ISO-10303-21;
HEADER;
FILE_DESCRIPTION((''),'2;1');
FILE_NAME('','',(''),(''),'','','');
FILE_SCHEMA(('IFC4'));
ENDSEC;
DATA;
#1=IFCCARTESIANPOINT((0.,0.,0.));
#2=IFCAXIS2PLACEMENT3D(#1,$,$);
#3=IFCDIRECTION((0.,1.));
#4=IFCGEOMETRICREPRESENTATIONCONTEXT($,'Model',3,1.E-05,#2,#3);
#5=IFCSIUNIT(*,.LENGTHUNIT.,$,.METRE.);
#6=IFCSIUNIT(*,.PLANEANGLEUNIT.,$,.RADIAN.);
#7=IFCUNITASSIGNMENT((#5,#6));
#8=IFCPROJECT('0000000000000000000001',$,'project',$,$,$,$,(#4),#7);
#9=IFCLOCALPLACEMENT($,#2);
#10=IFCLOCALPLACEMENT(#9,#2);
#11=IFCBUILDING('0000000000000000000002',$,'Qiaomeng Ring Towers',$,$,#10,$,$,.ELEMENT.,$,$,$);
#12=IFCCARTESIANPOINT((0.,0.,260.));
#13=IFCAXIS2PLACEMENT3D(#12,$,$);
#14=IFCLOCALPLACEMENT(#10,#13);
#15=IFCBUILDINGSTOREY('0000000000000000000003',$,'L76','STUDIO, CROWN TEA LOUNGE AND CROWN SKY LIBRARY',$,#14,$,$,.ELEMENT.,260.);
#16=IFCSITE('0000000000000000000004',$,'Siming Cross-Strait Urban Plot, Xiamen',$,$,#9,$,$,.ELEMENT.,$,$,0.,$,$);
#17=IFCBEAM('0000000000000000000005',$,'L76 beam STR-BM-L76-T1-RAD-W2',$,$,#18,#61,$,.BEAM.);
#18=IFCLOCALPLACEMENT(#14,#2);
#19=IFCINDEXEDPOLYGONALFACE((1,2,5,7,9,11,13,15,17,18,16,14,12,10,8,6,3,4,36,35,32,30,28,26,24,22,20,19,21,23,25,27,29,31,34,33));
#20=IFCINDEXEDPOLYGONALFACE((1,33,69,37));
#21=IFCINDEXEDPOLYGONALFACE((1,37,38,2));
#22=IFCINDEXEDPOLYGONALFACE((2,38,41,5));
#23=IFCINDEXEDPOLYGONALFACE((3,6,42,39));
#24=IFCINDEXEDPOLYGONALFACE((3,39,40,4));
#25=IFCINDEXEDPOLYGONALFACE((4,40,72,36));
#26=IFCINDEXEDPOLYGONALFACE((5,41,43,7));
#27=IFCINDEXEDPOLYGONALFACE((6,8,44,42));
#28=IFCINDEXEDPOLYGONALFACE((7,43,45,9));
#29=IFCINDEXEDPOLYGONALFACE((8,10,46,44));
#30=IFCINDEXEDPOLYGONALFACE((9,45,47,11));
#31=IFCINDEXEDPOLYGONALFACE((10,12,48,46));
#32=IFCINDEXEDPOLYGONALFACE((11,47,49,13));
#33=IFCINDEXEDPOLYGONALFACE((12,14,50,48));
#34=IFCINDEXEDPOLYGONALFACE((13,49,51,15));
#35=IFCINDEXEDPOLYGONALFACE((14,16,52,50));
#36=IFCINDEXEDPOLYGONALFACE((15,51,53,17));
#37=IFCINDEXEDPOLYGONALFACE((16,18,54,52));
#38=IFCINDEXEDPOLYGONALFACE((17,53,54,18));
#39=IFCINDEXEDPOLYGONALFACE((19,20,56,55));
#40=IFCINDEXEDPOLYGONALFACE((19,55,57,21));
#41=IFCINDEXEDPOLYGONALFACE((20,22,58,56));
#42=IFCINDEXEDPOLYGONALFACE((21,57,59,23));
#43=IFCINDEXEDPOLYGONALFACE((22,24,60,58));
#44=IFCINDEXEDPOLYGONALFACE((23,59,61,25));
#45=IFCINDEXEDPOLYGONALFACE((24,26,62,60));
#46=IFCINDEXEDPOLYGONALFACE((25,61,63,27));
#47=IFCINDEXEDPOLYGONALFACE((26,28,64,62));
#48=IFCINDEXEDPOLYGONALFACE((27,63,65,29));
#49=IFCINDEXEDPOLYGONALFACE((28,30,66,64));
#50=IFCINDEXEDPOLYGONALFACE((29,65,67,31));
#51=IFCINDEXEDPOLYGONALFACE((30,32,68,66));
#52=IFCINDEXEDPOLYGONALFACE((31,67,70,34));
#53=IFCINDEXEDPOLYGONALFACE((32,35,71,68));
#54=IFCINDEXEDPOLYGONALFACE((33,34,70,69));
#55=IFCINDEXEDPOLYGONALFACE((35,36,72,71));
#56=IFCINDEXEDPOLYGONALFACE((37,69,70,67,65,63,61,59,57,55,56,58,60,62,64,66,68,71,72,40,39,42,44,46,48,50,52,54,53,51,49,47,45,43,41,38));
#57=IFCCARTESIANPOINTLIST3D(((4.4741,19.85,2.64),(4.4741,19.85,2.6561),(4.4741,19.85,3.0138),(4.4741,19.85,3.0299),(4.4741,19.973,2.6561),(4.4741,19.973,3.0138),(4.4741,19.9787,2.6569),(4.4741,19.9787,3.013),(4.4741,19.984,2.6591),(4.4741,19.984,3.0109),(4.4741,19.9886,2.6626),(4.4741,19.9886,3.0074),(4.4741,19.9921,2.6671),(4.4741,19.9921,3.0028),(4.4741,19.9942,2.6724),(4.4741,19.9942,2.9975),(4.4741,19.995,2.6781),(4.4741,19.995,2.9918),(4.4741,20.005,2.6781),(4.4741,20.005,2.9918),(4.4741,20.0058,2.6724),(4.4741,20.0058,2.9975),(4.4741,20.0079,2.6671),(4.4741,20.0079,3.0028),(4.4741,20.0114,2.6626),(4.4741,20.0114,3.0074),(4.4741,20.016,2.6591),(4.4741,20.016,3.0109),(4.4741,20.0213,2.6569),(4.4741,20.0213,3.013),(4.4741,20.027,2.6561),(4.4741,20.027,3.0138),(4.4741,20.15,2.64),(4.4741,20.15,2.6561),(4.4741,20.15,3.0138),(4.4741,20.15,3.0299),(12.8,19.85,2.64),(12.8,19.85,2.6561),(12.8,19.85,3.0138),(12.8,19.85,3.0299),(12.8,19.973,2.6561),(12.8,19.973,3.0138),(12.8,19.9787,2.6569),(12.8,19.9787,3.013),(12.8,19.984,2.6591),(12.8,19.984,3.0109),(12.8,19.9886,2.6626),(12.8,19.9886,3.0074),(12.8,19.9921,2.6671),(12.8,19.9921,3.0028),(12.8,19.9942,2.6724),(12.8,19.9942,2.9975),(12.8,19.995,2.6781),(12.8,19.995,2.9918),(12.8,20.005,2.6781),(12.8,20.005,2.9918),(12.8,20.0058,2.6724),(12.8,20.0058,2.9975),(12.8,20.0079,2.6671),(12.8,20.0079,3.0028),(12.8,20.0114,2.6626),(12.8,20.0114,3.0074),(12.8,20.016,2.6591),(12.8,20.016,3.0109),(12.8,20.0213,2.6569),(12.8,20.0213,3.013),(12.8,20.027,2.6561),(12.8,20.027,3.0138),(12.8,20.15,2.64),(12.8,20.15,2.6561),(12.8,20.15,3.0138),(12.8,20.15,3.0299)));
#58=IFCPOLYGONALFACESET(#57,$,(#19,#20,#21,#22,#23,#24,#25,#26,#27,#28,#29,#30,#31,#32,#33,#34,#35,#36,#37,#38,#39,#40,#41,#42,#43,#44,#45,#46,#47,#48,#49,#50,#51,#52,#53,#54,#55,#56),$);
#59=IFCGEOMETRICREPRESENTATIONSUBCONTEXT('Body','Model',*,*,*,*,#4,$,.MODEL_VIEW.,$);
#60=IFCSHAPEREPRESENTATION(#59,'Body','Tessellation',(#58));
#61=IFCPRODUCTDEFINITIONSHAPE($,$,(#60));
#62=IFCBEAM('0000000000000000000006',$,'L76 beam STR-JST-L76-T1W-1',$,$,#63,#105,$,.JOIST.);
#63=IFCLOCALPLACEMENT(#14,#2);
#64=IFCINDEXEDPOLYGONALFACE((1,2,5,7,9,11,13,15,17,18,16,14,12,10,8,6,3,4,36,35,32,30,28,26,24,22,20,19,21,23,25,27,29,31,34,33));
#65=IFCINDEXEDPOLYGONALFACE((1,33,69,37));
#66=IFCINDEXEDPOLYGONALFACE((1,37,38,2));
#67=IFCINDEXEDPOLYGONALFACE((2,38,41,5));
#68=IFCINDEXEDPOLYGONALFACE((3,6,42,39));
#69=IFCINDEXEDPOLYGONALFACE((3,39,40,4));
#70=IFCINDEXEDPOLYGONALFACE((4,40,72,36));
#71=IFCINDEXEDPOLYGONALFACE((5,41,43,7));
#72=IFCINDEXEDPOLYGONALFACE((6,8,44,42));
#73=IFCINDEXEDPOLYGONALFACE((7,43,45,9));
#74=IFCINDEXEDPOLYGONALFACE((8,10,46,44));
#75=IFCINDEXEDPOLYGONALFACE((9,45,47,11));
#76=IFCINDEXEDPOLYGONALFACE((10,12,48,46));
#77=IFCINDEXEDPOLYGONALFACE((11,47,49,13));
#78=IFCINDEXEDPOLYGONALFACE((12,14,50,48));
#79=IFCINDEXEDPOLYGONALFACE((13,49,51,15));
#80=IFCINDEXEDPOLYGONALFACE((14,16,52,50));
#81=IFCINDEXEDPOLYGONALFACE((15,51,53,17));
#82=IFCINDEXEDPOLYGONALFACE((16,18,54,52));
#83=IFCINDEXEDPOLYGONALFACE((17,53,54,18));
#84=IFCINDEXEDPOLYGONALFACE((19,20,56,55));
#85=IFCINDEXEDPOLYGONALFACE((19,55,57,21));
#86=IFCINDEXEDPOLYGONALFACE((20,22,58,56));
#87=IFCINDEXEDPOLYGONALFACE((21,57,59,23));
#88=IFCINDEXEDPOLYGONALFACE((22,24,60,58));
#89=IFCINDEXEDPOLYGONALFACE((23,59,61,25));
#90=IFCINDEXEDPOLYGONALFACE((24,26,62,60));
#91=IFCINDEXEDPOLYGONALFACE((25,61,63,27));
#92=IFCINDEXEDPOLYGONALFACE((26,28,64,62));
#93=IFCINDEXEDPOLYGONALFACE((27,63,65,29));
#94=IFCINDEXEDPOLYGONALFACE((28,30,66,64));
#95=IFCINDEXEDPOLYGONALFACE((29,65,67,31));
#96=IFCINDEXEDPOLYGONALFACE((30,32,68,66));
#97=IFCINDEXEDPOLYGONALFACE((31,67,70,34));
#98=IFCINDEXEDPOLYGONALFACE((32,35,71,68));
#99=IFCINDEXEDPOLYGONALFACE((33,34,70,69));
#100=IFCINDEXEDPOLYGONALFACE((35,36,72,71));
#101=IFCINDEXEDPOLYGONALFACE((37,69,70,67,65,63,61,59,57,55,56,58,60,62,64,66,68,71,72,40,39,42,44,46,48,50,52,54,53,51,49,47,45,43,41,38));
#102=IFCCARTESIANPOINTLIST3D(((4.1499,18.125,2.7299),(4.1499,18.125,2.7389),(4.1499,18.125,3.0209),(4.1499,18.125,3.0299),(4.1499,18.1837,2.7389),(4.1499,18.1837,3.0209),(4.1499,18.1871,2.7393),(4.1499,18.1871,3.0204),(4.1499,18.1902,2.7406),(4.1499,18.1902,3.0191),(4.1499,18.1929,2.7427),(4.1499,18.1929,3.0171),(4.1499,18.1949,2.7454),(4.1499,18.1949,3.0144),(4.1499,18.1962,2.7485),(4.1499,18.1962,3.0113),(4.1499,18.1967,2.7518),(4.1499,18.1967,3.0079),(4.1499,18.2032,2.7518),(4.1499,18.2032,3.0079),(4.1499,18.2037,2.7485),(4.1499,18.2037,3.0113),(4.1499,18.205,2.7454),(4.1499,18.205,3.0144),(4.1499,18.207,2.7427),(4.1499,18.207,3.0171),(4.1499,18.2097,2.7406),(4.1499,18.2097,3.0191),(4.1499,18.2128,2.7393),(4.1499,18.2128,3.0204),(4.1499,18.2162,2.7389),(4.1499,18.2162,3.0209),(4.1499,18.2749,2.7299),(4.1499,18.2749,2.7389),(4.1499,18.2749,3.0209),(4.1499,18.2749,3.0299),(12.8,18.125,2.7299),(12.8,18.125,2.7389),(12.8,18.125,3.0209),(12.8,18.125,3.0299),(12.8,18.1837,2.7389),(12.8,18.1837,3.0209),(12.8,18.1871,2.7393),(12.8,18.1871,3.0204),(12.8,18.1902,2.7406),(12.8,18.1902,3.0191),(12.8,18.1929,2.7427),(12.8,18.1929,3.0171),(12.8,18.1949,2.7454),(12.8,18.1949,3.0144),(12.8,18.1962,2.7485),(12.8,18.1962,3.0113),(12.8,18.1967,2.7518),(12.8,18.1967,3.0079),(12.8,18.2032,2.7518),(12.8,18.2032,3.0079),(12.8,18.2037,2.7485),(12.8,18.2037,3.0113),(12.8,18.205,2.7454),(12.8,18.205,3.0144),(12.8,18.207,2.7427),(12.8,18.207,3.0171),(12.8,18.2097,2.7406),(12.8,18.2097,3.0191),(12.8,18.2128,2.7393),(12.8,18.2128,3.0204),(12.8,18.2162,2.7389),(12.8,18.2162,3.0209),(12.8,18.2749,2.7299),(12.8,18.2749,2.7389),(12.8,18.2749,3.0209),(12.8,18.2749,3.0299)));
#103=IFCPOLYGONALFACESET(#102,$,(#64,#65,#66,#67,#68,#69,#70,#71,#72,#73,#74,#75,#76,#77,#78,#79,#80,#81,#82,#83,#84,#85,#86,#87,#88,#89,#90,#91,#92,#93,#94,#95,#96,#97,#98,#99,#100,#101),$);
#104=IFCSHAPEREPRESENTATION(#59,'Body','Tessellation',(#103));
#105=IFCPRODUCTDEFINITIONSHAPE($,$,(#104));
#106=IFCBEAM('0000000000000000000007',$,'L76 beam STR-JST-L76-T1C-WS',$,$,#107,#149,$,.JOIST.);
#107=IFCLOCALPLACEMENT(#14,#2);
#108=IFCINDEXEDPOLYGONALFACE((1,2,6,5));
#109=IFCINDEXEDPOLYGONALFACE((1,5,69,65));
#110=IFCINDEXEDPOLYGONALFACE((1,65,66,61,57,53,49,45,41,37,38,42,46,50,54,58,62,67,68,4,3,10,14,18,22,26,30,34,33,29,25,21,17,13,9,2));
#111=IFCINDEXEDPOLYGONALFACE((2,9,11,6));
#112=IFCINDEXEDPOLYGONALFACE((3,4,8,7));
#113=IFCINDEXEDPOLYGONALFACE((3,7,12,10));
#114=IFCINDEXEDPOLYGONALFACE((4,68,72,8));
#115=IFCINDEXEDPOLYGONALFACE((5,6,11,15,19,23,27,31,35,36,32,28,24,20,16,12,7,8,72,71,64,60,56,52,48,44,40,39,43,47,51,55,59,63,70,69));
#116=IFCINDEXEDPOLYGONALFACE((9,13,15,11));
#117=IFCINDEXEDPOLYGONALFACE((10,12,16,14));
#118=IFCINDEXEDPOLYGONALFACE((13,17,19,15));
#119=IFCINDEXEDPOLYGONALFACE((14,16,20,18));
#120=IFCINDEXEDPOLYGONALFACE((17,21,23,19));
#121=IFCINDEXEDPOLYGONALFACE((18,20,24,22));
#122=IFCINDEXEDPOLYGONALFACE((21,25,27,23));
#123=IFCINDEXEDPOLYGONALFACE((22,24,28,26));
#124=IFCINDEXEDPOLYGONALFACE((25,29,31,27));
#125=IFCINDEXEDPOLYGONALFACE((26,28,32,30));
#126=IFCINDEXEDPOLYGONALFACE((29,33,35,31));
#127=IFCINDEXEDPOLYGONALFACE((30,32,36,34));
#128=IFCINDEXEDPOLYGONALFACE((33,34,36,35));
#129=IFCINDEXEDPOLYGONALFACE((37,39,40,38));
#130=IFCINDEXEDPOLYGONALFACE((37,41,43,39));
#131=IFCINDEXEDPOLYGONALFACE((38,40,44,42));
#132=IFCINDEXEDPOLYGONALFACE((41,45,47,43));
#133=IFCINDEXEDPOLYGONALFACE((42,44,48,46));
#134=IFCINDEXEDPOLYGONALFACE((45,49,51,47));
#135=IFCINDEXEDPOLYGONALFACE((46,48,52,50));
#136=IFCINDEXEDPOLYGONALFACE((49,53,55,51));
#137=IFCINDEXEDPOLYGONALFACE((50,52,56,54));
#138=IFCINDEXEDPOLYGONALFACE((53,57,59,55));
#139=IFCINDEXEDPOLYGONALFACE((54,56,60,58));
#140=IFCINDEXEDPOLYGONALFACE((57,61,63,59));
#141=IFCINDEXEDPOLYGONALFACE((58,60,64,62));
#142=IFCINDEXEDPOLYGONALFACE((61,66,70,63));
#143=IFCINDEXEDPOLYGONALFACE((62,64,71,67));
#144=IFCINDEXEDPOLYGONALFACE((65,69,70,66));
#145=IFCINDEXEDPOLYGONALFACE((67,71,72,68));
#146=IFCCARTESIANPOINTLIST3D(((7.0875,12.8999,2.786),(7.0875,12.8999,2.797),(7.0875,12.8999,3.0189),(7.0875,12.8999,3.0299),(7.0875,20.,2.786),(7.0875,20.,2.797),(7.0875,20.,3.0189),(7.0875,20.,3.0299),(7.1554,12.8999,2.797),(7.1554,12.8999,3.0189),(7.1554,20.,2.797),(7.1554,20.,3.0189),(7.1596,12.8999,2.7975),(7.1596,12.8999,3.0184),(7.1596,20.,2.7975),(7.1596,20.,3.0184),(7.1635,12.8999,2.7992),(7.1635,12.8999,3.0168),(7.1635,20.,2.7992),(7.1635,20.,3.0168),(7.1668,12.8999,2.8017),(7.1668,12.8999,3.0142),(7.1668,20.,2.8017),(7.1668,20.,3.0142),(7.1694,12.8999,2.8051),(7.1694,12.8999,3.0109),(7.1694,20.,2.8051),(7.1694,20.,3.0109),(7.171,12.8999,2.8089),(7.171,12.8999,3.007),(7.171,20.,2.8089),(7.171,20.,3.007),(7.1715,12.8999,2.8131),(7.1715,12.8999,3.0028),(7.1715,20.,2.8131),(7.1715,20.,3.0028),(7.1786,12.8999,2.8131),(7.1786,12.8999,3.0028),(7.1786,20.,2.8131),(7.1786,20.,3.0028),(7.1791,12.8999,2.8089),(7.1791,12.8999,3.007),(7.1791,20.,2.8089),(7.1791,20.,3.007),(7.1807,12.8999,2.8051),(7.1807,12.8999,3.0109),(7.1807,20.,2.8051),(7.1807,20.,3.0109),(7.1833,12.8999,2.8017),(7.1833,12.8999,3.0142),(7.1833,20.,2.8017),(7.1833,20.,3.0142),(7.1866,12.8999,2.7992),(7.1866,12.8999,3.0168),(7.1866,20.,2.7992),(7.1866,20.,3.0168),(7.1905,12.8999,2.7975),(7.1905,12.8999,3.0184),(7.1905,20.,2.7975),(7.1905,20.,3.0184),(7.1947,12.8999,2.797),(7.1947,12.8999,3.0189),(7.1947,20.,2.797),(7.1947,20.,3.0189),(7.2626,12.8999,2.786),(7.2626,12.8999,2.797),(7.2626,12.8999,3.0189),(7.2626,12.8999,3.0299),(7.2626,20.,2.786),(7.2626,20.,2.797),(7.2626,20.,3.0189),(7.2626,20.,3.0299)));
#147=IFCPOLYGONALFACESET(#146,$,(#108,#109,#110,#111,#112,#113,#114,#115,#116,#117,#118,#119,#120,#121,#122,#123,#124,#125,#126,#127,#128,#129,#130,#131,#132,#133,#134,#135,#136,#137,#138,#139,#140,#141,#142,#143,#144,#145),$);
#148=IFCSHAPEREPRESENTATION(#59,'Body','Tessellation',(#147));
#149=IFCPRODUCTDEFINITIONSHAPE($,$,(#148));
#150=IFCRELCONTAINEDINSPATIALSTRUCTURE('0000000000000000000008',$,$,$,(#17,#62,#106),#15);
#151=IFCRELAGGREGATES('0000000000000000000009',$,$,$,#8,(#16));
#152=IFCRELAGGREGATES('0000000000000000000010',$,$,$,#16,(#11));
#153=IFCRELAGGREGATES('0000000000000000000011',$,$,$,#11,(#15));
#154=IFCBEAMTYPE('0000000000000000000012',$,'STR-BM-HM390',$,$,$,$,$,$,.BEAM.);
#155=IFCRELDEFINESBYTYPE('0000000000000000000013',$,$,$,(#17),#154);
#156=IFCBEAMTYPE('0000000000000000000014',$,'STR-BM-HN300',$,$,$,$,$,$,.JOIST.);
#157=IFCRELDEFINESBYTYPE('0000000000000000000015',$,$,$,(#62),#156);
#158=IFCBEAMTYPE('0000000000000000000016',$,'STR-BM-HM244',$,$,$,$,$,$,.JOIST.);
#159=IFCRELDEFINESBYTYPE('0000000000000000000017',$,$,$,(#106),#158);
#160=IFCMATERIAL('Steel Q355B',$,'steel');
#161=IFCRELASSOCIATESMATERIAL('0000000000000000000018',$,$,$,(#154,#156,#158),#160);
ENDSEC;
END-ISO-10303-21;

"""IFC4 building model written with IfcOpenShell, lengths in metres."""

from ifc_helpers import new_model, si_unit, direction, frame, origin, origin_2d, place, context, subcontext, project, spatial, i_section, extrude, source, transform, mapped, material, material_profile, profile_set, type_object, element, save


model = new_model("IFC4")

# Units and contexts
model_context = context("Model", 3, precision=1e-05, world=origin(), true_north=direction((0.0, 1.0)))
body_context = subcontext(model_context, "Body", "Model", "MODEL_VIEW")
ifc_project = project(units=[si_unit("LENGTHUNIT", "METRE"), si_unit("PLANEANGLEUNIT", "RADIAN")], contexts=[model_context])

# Site, building, storey
site_placement = place(None, origin())
site = spatial("IfcSite", under=ifc_project, at=site_placement, Name="Siming Cross-Strait Urban Plot, Xiamen", CompositionType="ELEMENT", RefElevation=0.0)
building_placement = place(site_placement, origin())
building = spatial("IfcBuilding", under=site, at=building_placement, Name="Qiaomeng Ring Towers", CompositionType="ELEMENT")
storey_placement = place(building_placement, frame((0.0, 0.0, 260.0)))
storey = spatial("IfcBuildingStorey", under=building, at=storey_placement, Name="L76", Description="STUDIO, CROWN TEA LOUNGE AND CROWN SKY LIBRARY", CompositionType="ELEMENT", Elevation=260.0)

# Beams
ifc_material_1 = material(Name="Steel Q355B", Category="steel")
ifc_material_profile_1 = material_profile(ifc_material_1, i_section(OverallWidth=0.3, OverallDepth=0.3899, WebThickness=0.01, FlangeThickness=0.0161, FilletRadius=0.022, at=origin_2d()), Name="HM 390x300x10x16")
ifc_profile_set_1 = profile_set([ifc_material_profile_1], Name="Steel Q355B")
beam_type_1 = type_object("IfcBeamType", Name="STR-BM-HM390", PredefinedType="BEAM", material=ifc_profile_set_1)
shared_shape_1 = source(origin(), body_context, "Body", "SweptSolid", [
    extrude(i_section(OverallWidth=0.3, OverallDepth=0.3899, WebThickness=0.01, FlangeThickness=0.0161, FilletRadius=0.022, at=origin_2d()), origin(), (0.0, 0.0, 1.0), 8.3259),
])
beam_1_placement = place(storey_placement, frame((4.4741, 20.0, 2.835), z_axis=(1.0, 0.0, 0.0), x_axis=(0.0, 1.0, 0.0)))
element("IfcBeam", 1, at=beam_1_placement, inside=storey, type_object=beam_type_1, Name="L76 beam STR-BM-L76-T1-RAD-W2", PredefinedType="BEAM", context=body_context, shape_type="MappedRepresentation", body=[
    mapped(shared_shape_1, transform((0.0, 0.0, 0.0), x_axis=(1.0, 0.0, 0.0), y_axis=(0.0, 1.0, 0.0), z_axis=(0.0, 0.0, 1.0), scale=1.0)),
])
ifc_material_profile_2 = material_profile(ifc_material_1, i_section(OverallWidth=0.1499, OverallDepth=0.3, WebThickness=0.0066, FlangeThickness=0.009, FilletRadius=0.0129, at=origin_2d()), Name="HN 300x150x6.5x9")
ifc_profile_set_2 = profile_set([ifc_material_profile_2], Name="Steel Q355B")
beam_type_2 = type_object("IfcBeamType", Name="STR-BM-HN300", PredefinedType="JOIST", material=ifc_profile_set_2)
shared_shape_2 = source(origin(), body_context, "Body", "SweptSolid", [
    extrude(i_section(OverallWidth=0.1499, OverallDepth=0.3, WebThickness=0.0066, FlangeThickness=0.009, FilletRadius=0.0129, at=origin_2d()), origin(), (0.0, 0.0, 1.0), 8.6501),
])
beam_2_placement = place(storey_placement, frame((4.1499, 18.2, 2.8799), z_axis=(1.0, 0.0, 0.0), x_axis=(0.0, 1.0, 0.0)))
element("IfcBeam", 2, at=beam_2_placement, inside=storey, type_object=beam_type_2, Name="L76 beam STR-JST-L76-T1W-1", PredefinedType="JOIST", context=body_context, shape_type="MappedRepresentation", body=[
    mapped(shared_shape_2, transform((0.0, 0.0, 0.0), x_axis=(1.0, 0.0, 0.0), y_axis=(0.0, 1.0, 0.0), z_axis=(0.0, 0.0, 1.0), scale=1.0)),
])
ifc_material_profile_3 = material_profile(ifc_material_1, i_section(OverallWidth=0.175, OverallDepth=0.2439, WebThickness=0.0071, FlangeThickness=0.011, FilletRadius=0.0161, at=origin_2d()), Name="HM 244x175x7x11")
ifc_profile_set_3 = profile_set([ifc_material_profile_3], Name="Steel Q355B")
beam_type_3 = type_object("IfcBeamType", Name="STR-BM-HM244", PredefinedType="JOIST", material=ifc_profile_set_3)
shared_shape_3 = source(origin(), body_context, "Body", "SweptSolid", [
    extrude(i_section(OverallWidth=0.175, OverallDepth=0.2439, WebThickness=0.0071, FlangeThickness=0.011, FilletRadius=0.0161, at=origin_2d()), origin(), (0.0, 0.0, 1.0), 7.1001),
])
beam_3_placement = place(storey_placement, frame((7.175, 12.8999, 2.908), z_axis=(0.0, 1.0, 0.0), x_axis=(-1.0, 0.0, 0.0)))
element("IfcBeam", 3, at=beam_3_placement, inside=storey, type_object=beam_type_3, Name="L76 beam STR-JST-L76-T1C-WS", PredefinedType="JOIST", context=body_context, shape_type="MappedRepresentation", body=[
    mapped(shared_shape_3, transform((0.0, 0.0, 0.0), x_axis=(1.0, 0.0, 0.0), y_axis=(0.0, 1.0, 0.0), z_axis=(0.0, 0.0, 1.0), scale=1.0)),
])

save(model, "model.ifc")
